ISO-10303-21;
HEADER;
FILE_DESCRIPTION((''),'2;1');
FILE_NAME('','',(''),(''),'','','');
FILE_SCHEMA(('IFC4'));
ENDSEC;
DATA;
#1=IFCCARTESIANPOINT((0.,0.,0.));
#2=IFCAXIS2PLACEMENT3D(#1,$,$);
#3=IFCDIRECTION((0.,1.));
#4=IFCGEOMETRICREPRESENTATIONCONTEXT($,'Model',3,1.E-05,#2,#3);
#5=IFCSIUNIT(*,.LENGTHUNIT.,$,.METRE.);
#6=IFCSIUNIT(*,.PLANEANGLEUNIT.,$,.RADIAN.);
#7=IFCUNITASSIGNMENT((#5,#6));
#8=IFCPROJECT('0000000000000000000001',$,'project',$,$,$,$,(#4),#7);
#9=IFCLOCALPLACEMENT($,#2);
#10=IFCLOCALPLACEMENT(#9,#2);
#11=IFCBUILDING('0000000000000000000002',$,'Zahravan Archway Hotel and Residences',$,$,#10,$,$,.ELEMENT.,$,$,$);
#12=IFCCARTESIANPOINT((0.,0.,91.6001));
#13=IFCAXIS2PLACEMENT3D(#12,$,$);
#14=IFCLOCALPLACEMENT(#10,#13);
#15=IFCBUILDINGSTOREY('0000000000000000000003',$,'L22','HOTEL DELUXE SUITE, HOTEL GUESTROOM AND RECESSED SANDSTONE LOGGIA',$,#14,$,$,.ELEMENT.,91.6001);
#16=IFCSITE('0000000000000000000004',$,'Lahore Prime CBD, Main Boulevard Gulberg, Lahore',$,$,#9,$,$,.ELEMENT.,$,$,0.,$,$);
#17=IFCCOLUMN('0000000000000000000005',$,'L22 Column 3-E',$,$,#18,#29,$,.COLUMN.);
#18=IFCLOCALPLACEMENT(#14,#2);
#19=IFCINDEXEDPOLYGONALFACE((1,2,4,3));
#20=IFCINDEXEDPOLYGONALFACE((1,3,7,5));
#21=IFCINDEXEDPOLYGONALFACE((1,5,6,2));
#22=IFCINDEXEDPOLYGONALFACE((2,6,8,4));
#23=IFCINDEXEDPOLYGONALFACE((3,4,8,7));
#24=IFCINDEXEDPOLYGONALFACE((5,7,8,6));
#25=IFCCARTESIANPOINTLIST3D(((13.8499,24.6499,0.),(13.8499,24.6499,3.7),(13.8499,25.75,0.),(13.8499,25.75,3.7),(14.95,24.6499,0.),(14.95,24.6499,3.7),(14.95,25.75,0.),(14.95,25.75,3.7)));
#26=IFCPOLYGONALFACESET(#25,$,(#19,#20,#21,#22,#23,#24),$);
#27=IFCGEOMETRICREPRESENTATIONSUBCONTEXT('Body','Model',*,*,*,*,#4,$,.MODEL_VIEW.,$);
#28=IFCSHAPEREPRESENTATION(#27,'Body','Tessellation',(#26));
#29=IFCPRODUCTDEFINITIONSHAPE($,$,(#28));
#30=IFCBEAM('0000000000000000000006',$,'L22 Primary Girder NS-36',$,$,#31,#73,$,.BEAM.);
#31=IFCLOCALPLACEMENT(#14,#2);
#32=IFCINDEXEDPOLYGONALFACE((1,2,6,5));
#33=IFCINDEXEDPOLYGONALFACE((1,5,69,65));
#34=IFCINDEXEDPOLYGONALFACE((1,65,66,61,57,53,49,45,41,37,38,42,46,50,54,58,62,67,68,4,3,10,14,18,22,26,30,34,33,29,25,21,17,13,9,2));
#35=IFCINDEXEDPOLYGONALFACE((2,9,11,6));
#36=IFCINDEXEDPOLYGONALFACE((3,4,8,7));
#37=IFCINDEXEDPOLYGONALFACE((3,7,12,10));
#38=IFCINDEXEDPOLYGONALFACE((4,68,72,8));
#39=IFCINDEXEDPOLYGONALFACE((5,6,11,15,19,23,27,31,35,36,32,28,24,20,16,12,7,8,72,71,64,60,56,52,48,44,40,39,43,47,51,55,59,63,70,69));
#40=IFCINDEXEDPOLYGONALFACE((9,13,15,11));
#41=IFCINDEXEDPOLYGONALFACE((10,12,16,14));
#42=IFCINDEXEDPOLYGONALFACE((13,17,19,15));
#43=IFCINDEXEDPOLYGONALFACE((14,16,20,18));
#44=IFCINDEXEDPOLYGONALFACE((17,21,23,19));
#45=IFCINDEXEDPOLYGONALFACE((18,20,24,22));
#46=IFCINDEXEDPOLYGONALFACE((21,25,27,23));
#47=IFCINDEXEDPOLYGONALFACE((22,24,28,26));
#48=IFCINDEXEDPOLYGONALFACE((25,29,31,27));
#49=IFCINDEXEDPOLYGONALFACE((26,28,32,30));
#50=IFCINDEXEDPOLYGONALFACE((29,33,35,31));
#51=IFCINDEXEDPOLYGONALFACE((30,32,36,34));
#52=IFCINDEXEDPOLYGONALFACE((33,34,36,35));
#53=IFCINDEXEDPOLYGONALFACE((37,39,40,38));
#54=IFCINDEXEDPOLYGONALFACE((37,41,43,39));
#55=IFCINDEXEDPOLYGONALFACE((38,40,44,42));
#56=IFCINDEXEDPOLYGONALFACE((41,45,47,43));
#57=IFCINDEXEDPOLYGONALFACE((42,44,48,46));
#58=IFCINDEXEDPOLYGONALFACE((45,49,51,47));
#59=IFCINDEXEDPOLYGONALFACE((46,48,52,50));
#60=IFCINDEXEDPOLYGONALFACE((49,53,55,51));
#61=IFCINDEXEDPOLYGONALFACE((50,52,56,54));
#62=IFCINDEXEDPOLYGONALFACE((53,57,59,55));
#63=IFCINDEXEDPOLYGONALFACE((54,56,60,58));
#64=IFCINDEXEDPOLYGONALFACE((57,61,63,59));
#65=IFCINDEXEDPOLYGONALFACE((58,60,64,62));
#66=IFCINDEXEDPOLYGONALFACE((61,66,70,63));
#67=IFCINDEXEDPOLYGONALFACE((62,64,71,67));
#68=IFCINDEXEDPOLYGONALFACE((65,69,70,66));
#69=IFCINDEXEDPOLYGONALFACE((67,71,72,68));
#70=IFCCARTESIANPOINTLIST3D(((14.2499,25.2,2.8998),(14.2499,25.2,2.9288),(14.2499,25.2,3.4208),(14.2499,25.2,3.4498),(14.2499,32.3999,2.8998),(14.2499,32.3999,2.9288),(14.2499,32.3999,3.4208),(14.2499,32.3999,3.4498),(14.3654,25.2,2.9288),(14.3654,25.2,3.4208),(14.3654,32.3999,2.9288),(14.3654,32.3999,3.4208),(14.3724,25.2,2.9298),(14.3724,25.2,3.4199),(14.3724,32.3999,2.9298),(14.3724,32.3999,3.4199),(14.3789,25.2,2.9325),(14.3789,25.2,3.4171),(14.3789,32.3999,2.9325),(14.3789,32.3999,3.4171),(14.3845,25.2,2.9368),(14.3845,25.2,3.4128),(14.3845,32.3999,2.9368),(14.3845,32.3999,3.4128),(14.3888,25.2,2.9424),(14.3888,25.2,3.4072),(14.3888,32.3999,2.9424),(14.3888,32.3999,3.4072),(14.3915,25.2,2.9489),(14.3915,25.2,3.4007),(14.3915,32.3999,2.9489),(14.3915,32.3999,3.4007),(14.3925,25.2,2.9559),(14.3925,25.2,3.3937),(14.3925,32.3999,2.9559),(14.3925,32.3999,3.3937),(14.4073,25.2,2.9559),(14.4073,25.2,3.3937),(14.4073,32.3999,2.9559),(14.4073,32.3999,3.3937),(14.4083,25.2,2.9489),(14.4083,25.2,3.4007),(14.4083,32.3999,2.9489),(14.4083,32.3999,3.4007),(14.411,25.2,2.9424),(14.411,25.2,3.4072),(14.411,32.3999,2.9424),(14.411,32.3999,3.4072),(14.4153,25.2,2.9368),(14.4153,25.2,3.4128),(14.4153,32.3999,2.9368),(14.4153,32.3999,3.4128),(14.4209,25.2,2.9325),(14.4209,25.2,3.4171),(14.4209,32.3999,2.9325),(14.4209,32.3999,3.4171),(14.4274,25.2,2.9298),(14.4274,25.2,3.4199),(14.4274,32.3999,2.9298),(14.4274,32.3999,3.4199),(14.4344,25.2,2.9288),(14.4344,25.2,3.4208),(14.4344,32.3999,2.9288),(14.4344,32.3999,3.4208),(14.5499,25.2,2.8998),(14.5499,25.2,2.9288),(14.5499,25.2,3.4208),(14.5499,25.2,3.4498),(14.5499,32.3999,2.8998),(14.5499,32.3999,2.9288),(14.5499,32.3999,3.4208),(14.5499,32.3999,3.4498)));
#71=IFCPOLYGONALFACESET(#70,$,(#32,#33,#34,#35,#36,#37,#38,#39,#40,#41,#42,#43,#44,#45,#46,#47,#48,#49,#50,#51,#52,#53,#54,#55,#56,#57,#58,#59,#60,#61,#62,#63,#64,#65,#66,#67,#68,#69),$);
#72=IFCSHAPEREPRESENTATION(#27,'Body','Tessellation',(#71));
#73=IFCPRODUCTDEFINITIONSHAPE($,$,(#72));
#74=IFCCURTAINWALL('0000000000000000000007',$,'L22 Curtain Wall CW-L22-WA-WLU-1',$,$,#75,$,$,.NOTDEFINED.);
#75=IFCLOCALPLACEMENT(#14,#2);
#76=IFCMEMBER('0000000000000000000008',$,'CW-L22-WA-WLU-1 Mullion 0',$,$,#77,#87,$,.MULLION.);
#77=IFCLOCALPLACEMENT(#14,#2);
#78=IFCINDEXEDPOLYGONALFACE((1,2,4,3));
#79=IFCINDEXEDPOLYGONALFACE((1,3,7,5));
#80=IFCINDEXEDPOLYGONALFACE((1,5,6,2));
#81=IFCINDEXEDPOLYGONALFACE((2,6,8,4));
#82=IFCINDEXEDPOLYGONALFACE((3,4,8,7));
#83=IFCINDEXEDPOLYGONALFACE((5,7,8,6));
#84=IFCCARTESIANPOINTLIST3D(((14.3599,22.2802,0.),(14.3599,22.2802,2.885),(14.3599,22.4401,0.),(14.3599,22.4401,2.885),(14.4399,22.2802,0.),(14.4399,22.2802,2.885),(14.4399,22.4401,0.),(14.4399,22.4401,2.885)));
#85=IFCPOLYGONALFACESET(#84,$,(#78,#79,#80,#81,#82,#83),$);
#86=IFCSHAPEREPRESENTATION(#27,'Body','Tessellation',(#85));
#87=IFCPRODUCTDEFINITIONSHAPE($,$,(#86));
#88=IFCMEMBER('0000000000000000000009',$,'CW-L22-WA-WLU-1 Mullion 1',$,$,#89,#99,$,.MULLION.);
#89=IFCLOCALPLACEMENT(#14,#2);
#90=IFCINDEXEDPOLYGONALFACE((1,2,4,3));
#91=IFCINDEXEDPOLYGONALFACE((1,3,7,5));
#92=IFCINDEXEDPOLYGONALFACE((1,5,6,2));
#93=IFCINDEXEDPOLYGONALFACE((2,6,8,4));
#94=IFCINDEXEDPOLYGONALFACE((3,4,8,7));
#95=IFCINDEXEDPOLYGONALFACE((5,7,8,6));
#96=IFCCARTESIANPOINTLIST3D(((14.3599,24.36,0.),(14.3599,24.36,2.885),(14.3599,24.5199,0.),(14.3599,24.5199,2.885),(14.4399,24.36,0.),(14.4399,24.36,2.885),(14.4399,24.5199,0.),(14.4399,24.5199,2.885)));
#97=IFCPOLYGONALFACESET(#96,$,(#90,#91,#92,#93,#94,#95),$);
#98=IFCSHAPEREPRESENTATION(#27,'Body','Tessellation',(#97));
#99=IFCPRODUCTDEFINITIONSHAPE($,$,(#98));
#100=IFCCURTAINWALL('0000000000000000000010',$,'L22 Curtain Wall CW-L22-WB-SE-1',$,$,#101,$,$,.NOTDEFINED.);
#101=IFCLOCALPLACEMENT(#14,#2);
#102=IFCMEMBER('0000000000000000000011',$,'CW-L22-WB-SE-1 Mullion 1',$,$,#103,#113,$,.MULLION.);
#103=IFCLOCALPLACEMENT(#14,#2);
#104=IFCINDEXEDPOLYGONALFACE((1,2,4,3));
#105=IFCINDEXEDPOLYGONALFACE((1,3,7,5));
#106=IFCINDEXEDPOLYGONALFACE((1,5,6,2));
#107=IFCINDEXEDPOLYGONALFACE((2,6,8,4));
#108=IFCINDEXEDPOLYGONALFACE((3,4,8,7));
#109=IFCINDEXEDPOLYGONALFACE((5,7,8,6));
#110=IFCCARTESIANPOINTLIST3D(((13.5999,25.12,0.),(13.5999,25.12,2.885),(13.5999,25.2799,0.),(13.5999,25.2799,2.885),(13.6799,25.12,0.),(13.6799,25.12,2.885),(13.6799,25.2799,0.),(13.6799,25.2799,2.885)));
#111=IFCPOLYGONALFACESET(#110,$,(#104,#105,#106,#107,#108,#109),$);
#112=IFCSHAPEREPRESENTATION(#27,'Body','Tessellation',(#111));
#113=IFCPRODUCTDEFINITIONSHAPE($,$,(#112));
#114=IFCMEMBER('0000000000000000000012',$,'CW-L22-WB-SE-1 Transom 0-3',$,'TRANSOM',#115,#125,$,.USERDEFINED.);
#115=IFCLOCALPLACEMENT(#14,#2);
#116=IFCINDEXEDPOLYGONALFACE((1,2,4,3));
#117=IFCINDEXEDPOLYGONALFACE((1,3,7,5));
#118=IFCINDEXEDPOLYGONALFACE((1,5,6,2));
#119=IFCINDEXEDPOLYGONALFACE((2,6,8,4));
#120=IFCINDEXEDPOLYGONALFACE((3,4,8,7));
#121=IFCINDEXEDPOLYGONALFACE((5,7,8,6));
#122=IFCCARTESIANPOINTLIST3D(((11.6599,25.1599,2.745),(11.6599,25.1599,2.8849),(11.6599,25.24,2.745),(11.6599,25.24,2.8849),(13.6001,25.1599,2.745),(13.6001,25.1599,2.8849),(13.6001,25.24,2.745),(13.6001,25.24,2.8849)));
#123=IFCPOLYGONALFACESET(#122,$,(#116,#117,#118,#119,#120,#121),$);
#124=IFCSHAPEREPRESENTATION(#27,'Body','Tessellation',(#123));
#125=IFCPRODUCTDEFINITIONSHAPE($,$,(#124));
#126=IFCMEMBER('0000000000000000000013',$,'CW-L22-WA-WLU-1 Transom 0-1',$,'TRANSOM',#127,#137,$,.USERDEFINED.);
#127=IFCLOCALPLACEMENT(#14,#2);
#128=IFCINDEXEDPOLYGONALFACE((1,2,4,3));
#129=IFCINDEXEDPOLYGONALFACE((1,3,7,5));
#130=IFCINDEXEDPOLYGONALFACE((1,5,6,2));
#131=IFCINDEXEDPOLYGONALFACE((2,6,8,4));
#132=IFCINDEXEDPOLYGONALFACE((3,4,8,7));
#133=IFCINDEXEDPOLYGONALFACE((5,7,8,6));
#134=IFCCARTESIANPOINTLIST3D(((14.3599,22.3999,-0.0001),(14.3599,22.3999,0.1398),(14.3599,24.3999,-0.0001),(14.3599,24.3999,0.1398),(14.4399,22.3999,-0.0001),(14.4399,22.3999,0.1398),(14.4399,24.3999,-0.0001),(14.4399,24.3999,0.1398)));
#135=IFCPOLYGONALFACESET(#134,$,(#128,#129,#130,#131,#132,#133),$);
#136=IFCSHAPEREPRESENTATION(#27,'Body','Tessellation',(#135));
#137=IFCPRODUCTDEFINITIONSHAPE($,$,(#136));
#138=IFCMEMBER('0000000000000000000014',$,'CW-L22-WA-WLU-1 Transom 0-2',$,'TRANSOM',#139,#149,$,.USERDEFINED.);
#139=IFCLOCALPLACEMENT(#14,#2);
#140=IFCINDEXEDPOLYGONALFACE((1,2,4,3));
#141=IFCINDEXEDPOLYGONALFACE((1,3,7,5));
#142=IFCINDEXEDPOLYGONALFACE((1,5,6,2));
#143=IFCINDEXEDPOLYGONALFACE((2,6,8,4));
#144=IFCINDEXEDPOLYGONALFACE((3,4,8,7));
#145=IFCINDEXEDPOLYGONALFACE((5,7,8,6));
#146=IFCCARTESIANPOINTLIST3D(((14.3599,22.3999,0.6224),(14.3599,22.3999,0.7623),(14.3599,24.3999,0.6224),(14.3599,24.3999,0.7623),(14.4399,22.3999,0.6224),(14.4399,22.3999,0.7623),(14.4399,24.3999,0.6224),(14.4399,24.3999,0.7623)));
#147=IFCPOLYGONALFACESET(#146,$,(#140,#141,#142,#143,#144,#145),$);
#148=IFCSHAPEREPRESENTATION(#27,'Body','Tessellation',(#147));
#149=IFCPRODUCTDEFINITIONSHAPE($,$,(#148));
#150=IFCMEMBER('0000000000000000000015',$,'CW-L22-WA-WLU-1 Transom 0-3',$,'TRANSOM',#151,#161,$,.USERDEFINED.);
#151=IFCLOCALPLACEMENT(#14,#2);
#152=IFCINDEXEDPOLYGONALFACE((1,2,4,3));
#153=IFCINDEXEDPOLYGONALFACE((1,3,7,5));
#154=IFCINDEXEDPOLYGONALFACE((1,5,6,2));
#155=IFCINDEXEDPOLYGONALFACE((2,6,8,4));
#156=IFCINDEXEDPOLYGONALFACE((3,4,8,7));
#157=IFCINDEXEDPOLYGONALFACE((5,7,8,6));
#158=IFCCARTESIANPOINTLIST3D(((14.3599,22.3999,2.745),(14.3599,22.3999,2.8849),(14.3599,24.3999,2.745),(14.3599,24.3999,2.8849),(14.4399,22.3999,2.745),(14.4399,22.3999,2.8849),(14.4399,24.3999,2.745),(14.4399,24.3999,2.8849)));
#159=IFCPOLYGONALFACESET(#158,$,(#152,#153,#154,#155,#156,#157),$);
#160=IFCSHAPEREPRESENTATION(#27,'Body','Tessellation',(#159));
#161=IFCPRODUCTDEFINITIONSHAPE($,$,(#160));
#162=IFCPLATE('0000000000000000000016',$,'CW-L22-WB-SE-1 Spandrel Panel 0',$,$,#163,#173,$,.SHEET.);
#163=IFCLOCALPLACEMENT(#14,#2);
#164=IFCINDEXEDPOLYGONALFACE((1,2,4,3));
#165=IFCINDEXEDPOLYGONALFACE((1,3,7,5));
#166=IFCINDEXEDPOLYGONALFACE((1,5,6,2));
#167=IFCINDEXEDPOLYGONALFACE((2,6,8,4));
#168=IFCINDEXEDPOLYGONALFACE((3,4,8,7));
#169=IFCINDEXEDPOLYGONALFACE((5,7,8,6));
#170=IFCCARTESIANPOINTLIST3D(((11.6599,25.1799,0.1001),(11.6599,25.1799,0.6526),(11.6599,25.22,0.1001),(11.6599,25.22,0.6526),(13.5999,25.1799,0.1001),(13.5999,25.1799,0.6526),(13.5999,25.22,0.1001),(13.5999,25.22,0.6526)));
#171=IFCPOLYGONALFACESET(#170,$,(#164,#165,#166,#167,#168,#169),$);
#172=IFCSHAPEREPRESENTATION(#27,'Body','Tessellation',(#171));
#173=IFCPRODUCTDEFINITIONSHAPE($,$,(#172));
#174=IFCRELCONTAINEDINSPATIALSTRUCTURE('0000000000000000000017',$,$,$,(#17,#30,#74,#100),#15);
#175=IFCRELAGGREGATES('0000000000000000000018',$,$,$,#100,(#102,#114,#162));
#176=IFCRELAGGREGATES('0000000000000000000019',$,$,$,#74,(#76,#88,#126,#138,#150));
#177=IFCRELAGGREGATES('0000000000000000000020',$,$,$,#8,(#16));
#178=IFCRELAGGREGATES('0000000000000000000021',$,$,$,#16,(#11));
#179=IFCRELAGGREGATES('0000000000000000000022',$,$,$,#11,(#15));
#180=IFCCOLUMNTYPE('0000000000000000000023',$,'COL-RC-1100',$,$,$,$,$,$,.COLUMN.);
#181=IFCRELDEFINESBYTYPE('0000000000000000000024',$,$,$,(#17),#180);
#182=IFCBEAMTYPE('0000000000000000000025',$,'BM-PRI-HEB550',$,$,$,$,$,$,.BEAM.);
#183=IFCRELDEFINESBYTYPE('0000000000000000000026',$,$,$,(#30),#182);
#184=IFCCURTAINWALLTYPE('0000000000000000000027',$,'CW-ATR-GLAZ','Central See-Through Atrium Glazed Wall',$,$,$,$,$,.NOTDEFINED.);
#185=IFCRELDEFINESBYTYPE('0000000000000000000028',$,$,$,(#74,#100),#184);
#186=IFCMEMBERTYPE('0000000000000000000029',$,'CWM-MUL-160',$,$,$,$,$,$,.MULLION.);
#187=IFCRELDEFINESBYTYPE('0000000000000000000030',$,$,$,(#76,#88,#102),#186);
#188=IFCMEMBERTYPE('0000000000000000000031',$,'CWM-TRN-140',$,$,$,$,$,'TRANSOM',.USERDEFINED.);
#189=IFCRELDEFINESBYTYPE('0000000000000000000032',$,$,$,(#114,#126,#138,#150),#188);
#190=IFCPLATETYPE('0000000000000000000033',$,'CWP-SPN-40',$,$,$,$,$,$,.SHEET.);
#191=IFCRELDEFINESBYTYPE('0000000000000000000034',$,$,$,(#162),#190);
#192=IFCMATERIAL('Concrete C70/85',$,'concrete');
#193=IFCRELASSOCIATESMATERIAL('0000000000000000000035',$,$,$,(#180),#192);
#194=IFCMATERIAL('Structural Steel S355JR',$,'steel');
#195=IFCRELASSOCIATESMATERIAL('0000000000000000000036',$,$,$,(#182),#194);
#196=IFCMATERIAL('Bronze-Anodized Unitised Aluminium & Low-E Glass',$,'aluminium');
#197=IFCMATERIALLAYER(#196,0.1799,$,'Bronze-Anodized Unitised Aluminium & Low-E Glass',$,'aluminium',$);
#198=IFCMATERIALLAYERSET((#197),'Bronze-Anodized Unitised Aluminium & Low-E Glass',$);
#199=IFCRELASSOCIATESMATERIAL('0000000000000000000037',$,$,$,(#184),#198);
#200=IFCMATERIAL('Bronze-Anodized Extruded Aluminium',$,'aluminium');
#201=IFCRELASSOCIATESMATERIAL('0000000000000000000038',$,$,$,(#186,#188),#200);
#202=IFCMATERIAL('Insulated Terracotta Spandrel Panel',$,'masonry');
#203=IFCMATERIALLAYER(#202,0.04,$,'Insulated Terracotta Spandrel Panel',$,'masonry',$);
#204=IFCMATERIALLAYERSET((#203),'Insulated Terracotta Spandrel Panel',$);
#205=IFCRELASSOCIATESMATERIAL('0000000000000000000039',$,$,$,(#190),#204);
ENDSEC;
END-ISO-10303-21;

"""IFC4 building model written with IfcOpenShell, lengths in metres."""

from ifc_helpers import new_model, si_unit, direction, frame, origin, origin_2d, place, context, subcontext, project, spatial, rectangle, i_section, extrude, source, transform, mapped, material, layer, layer_set, material_profile, profile_set, type_object, element, aggregate, save


model = new_model("IFC4")

# Units and contexts
model_context = context("Model", 3, precision=1e-05, world=origin(), true_north=direction((0.0, 1.0)))
body_context = subcontext(model_context, "Body", "Model", "MODEL_VIEW")
ifc_project = project(units=[si_unit("LENGTHUNIT", "METRE"), si_unit("PLANEANGLEUNIT", "RADIAN")], contexts=[model_context])

# Site, building, storey
site_placement = place(None, origin())
site = spatial("IfcSite", under=ifc_project, at=site_placement, Name="Lahore Prime CBD, Main Boulevard Gulberg, Lahore", CompositionType="ELEMENT", RefElevation=0.0)
building_placement = place(site_placement, origin())
building = spatial("IfcBuilding", under=site, at=building_placement, Name="Zahravan Archway Hotel and Residences", CompositionType="ELEMENT")
storey_placement = place(building_placement, frame((0.0, 0.0, 91.6001)))
storey = spatial("IfcBuildingStorey", under=building, at=storey_placement, Name="L22", Description="HOTEL DELUXE SUITE, HOTEL GUESTROOM AND RECESSED SANDSTONE LOGGIA", CompositionType="ELEMENT", Elevation=91.6001)

# Column
ifc_material_1 = material(Name="Concrete C70/85", Category="concrete")
ifc_material_profile_1 = material_profile(ifc_material_1, rectangle(XDim=1.1001, YDim=1.1001, at=origin_2d()), Name="RC 1100x1100", Category="concrete")
ifc_profile_set_1 = profile_set([ifc_material_profile_1], Name="Concrete C70/85")
column_type = type_object("IfcColumnType", Name="COL-RC-1100", PredefinedType="COLUMN", material=ifc_profile_set_1)
shared_shape_1 = source(origin(), body_context, "Body", "SweptSolid", [
    extrude(rectangle(XDim=1.1001, YDim=1.1001, at=origin_2d()), origin(), (0.0, 0.0, 1.0), 3.7),
])
column_placement = place(storey_placement, frame((14.3999, 25.2, 0.0), z_axis=(0.0, 0.0, 1.0), x_axis=(1.0, 0.0, 0.0)))
element("IfcColumn", 1, at=column_placement, inside=storey, type_object=column_type, Name="L22 Column 3-E", PredefinedType="COLUMN", context=body_context, shape_type="MappedRepresentation", body=[
    mapped(shared_shape_1, transform((0.0, 0.0, 0.0), scale=1.0)),
])

# Beam
ifc_material_2 = material(Name="Structural Steel S355JR", Category="steel")
ifc_material_profile_2 = material_profile(ifc_material_2, i_section(OverallWidth=0.3, OverallDepth=0.55, WebThickness=0.0149, FlangeThickness=0.0291, FilletRadius=0.0271, at=origin_2d()), Name="HEB 550", Category="steel")
ifc_profile_set_2 = profile_set([ifc_material_profile_2], Name="Structural Steel S355JR")
beam_type = type_object("IfcBeamType", Name="BM-PRI-HEB550", PredefinedType="BEAM", material=ifc_profile_set_2)
shared_shape_2 = source(origin(), body_context, "Body", "SweptSolid", [
    extrude(i_section(OverallWidth=0.3, OverallDepth=0.55, WebThickness=0.0149, FlangeThickness=0.0291, FilletRadius=0.0271, at=origin_2d()), origin(), (0.0, 0.0, 1.0), 7.2),
])
beam_placement = place(storey_placement, frame((14.3999, 25.2, 3.1748), z_axis=(0.0, 1.0, 0.0), x_axis=(-1.0, 0.0, 0.0)))
element("IfcBeam", 2, at=beam_placement, inside=storey, type_object=beam_type, Name="L22 Primary Girder NS-36", PredefinedType="BEAM", context=body_context, shape_type="MappedRepresentation", body=[
    mapped(shared_shape_2, transform((0.0, 0.0, 0.0), scale=1.0)),
])

# Curtain walls, members
ifc_material_3 = material(Name="Bronze-Anodized Unitised Aluminium & Low-E Glass", Category="aluminium")
ifc_layer_1 = layer(ifc_material_3, 0.1799, Name="Bronze-Anodized Unitised Aluminium & Low-E Glass", Category="aluminium")
ifc_layer_set_1 = layer_set([ifc_layer_1], Name="Bronze-Anodized Unitised Aluminium & Low-E Glass")
curtain_wall_type = type_object("IfcCurtainWallType", Name="CW-ATR-GLAZ", Description="Central See-Through Atrium Glazed Wall", PredefinedType="NOTDEFINED", material=ifc_layer_set_1)
curtain_wall_1_placement = place(storey_placement, origin())
curtain_wall_1 = element("IfcCurtainWall", 3, at=curtain_wall_1_placement, inside=storey, type_object=curtain_wall_type, Name="L22 Curtain Wall CW-L22-WA-WLU-1", PredefinedType="NOTDEFINED")
ifc_material_4 = material(Name="Bronze-Anodized Extruded Aluminium", Category="aluminium")
ifc_material_profile_3 = material_profile(ifc_material_4, rectangle(XDim=0.0801, YDim=0.1599, at=origin_2d()), Name="MUL 80x160", Category="aluminium")
ifc_profile_set_3 = profile_set([ifc_material_profile_3], Name="Bronze-Anodized Extruded Aluminium")
member_type_1 = type_object("IfcMemberType", Name="CWM-MUL-160", PredefinedType="MULLION", material=ifc_profile_set_3)
shared_shape_3 = source(origin(), body_context, "Body", "SweptSolid", [
    extrude(rectangle(XDim=0.0801, YDim=0.1599, at=origin_2d()), origin(), (0.0, 0.0, 1.0), 2.885),
])
member_1_placement = place(storey_placement, frame((14.3999, 22.3601, 0.0), z_axis=(0.0, 0.0, 1.0), x_axis=(1.0, 0.0, 0.0)))
member_1 = element("IfcMember", 4, at=member_1_placement, type_object=member_type_1, Name="CW-L22-WA-WLU-1 Mullion 0", PredefinedType="MULLION", context=body_context, shape_type="MappedRepresentation", body=[
    mapped(shared_shape_3, transform((0.0, 0.0, 0.0), scale=1.0)),
])
member_2_placement = place(storey_placement, frame((14.3999, 24.4399, 0.0), z_axis=(0.0, 0.0, 1.0), x_axis=(1.0, 0.0, 0.0)))
member_2 = element("IfcMember", 5, at=member_2_placement, type_object=member_type_1, Name="CW-L22-WA-WLU-1 Mullion 1", PredefinedType="MULLION", context=body_context, shape_type="MappedRepresentation", body=[
    mapped(shared_shape_3, transform((0.0, 0.0, 0.0), scale=1.0)),
])
curtain_wall_2_placement = place(storey_placement, origin())
curtain_wall_2 = element("IfcCurtainWall", 6, at=curtain_wall_2_placement, inside=storey, type_object=curtain_wall_type, Name="L22 Curtain Wall CW-L22-WB-SE-1", PredefinedType="NOTDEFINED")
member_3_placement = place(storey_placement, frame((13.6399, 25.2, 0.0), z_axis=(0.0, 0.0, 1.0), x_axis=(1.0, 0.0, 0.0)))
member_3 = element("IfcMember", 7, at=member_3_placement, type_object=member_type_1, Name="CW-L22-WB-SE-1 Mullion 1", PredefinedType="MULLION", context=body_context, shape_type="MappedRepresentation", body=[
    mapped(shared_shape_3, transform((0.0, 0.0, 0.0), scale=1.0)),
])
ifc_material_profile_4 = material_profile(ifc_material_4, rectangle(XDim=0.0801, YDim=0.1399, at=origin_2d()), Name="TRN 80x140", Category="aluminium")
ifc_profile_set_4 = profile_set([ifc_material_profile_4], Name="Bronze-Anodized Extruded Aluminium")
member_type_2 = type_object("IfcMemberType", Name="CWM-TRN-140", ElementType="TRANSOM", PredefinedType="USERDEFINED", material=ifc_profile_set_4)
shared_shape_4 = source(origin(), body_context, "Body", "SweptSolid", [
    extrude(rectangle(XDim=0.0801, YDim=0.1399, at=origin_2d()), origin(), (0.0, 0.0, 1.0), 1.9402),
])
member_4_placement = place(storey_placement, frame((11.6599, 25.2, 2.8149), z_axis=(1.0, 0.0, 0.0), x_axis=(0.0, 1.0, 0.0)))
member_4 = element("IfcMember", 8, at=member_4_placement, type_object=member_type_2, Name="CW-L22-WB-SE-1 Transom 0-3", ObjectType="TRANSOM", PredefinedType="USERDEFINED", context=body_context, shape_type="MappedRepresentation", body=[
    mapped(shared_shape_4, transform((0.0, 0.0, 0.0), scale=1.0)),
])

# Members
shared_shape_5 = source(origin(), body_context, "Body", "SweptSolid", [
    extrude(rectangle(XDim=0.0801, YDim=0.1399, at=origin_2d()), origin(), (0.0, 0.0, 1.0), 2.0),
])
member_5_placement = place(storey_placement, frame((14.3999, 22.3999, 0.0698), z_axis=(0.0, 1.0, 0.0), x_axis=(-1.0, 0.0, 0.0)))
member_5 = element("IfcMember", 9, at=member_5_placement, type_object=member_type_2, Name="CW-L22-WA-WLU-1 Transom 0-1", ObjectType="TRANSOM", PredefinedType="USERDEFINED", context=body_context, shape_type="MappedRepresentation", body=[
    mapped(shared_shape_5, transform((0.0, 0.0, 0.0), scale=1.0)),
])
member_6_placement = place(storey_placement, frame((14.3999, 22.3999, 0.6924), z_axis=(0.0, 1.0, 0.0), x_axis=(-1.0, 0.0, 0.0)))
member_6 = element("IfcMember", 10, at=member_6_placement, type_object=member_type_2, Name="CW-L22-WA-WLU-1 Transom 0-2", ObjectType="TRANSOM", PredefinedType="USERDEFINED", context=body_context, shape_type="MappedRepresentation", body=[
    mapped(shared_shape_5, transform((0.0, 0.0, 0.0), scale=1.0)),
])
member_7_placement = place(storey_placement, frame((14.3999, 22.3999, 2.8149), z_axis=(0.0, 1.0, 0.0), x_axis=(-1.0, 0.0, 0.0)))
member_7 = element("IfcMember", 11, at=member_7_placement, type_object=member_type_2, Name="CW-L22-WA-WLU-1 Transom 0-3", ObjectType="TRANSOM", PredefinedType="USERDEFINED", context=body_context, shape_type="MappedRepresentation", body=[
    mapped(shared_shape_5, transform((0.0, 0.0, 0.0), scale=1.0)),
])

# Plate
ifc_material_5 = material(Name="Insulated Terracotta Spandrel Panel", Category="masonry")
ifc_layer_2 = layer(ifc_material_5, 0.04, Name="Insulated Terracotta Spandrel Panel", Category="masonry")
ifc_layer_set_2 = layer_set([ifc_layer_2], Name="Insulated Terracotta Spandrel Panel")
plate_type_1 = type_object("IfcPlateType", Name="CWP-SPN-40", PredefinedType="SHEET", material=ifc_layer_set_2)
shared_shape_6 = source(origin(), body_context, "Body", "SweptSolid", [
    extrude(rectangle(XDim=1.9399, YDim=0.04, at=origin_2d()), origin(), (0.0, 0.0, 1.0), 0.5525),
])
plate_1_placement = place(storey_placement, frame((12.6299, 25.2, 0.1001), z_axis=(0.0, 0.0, 1.0), x_axis=(1.0, 0.0, 0.0)))
plate_1 = element("IfcPlate", 12, at=plate_1_placement, type_object=plate_type_1, Name="CW-L22-WB-SE-1 Spandrel Panel 0", PredefinedType="SHEET", context=body_context, shape_type="MappedRepresentation", body=[
    mapped(shared_shape_6, transform((0.0, 0.0, 0.0), scale=1.0)),
])
aggregate(curtain_wall_2, [member_3, member_4, plate_1])
aggregate(curtain_wall_1, [member_1, member_2, member_5, member_6, member_7])

save(model, "model.ifc")
